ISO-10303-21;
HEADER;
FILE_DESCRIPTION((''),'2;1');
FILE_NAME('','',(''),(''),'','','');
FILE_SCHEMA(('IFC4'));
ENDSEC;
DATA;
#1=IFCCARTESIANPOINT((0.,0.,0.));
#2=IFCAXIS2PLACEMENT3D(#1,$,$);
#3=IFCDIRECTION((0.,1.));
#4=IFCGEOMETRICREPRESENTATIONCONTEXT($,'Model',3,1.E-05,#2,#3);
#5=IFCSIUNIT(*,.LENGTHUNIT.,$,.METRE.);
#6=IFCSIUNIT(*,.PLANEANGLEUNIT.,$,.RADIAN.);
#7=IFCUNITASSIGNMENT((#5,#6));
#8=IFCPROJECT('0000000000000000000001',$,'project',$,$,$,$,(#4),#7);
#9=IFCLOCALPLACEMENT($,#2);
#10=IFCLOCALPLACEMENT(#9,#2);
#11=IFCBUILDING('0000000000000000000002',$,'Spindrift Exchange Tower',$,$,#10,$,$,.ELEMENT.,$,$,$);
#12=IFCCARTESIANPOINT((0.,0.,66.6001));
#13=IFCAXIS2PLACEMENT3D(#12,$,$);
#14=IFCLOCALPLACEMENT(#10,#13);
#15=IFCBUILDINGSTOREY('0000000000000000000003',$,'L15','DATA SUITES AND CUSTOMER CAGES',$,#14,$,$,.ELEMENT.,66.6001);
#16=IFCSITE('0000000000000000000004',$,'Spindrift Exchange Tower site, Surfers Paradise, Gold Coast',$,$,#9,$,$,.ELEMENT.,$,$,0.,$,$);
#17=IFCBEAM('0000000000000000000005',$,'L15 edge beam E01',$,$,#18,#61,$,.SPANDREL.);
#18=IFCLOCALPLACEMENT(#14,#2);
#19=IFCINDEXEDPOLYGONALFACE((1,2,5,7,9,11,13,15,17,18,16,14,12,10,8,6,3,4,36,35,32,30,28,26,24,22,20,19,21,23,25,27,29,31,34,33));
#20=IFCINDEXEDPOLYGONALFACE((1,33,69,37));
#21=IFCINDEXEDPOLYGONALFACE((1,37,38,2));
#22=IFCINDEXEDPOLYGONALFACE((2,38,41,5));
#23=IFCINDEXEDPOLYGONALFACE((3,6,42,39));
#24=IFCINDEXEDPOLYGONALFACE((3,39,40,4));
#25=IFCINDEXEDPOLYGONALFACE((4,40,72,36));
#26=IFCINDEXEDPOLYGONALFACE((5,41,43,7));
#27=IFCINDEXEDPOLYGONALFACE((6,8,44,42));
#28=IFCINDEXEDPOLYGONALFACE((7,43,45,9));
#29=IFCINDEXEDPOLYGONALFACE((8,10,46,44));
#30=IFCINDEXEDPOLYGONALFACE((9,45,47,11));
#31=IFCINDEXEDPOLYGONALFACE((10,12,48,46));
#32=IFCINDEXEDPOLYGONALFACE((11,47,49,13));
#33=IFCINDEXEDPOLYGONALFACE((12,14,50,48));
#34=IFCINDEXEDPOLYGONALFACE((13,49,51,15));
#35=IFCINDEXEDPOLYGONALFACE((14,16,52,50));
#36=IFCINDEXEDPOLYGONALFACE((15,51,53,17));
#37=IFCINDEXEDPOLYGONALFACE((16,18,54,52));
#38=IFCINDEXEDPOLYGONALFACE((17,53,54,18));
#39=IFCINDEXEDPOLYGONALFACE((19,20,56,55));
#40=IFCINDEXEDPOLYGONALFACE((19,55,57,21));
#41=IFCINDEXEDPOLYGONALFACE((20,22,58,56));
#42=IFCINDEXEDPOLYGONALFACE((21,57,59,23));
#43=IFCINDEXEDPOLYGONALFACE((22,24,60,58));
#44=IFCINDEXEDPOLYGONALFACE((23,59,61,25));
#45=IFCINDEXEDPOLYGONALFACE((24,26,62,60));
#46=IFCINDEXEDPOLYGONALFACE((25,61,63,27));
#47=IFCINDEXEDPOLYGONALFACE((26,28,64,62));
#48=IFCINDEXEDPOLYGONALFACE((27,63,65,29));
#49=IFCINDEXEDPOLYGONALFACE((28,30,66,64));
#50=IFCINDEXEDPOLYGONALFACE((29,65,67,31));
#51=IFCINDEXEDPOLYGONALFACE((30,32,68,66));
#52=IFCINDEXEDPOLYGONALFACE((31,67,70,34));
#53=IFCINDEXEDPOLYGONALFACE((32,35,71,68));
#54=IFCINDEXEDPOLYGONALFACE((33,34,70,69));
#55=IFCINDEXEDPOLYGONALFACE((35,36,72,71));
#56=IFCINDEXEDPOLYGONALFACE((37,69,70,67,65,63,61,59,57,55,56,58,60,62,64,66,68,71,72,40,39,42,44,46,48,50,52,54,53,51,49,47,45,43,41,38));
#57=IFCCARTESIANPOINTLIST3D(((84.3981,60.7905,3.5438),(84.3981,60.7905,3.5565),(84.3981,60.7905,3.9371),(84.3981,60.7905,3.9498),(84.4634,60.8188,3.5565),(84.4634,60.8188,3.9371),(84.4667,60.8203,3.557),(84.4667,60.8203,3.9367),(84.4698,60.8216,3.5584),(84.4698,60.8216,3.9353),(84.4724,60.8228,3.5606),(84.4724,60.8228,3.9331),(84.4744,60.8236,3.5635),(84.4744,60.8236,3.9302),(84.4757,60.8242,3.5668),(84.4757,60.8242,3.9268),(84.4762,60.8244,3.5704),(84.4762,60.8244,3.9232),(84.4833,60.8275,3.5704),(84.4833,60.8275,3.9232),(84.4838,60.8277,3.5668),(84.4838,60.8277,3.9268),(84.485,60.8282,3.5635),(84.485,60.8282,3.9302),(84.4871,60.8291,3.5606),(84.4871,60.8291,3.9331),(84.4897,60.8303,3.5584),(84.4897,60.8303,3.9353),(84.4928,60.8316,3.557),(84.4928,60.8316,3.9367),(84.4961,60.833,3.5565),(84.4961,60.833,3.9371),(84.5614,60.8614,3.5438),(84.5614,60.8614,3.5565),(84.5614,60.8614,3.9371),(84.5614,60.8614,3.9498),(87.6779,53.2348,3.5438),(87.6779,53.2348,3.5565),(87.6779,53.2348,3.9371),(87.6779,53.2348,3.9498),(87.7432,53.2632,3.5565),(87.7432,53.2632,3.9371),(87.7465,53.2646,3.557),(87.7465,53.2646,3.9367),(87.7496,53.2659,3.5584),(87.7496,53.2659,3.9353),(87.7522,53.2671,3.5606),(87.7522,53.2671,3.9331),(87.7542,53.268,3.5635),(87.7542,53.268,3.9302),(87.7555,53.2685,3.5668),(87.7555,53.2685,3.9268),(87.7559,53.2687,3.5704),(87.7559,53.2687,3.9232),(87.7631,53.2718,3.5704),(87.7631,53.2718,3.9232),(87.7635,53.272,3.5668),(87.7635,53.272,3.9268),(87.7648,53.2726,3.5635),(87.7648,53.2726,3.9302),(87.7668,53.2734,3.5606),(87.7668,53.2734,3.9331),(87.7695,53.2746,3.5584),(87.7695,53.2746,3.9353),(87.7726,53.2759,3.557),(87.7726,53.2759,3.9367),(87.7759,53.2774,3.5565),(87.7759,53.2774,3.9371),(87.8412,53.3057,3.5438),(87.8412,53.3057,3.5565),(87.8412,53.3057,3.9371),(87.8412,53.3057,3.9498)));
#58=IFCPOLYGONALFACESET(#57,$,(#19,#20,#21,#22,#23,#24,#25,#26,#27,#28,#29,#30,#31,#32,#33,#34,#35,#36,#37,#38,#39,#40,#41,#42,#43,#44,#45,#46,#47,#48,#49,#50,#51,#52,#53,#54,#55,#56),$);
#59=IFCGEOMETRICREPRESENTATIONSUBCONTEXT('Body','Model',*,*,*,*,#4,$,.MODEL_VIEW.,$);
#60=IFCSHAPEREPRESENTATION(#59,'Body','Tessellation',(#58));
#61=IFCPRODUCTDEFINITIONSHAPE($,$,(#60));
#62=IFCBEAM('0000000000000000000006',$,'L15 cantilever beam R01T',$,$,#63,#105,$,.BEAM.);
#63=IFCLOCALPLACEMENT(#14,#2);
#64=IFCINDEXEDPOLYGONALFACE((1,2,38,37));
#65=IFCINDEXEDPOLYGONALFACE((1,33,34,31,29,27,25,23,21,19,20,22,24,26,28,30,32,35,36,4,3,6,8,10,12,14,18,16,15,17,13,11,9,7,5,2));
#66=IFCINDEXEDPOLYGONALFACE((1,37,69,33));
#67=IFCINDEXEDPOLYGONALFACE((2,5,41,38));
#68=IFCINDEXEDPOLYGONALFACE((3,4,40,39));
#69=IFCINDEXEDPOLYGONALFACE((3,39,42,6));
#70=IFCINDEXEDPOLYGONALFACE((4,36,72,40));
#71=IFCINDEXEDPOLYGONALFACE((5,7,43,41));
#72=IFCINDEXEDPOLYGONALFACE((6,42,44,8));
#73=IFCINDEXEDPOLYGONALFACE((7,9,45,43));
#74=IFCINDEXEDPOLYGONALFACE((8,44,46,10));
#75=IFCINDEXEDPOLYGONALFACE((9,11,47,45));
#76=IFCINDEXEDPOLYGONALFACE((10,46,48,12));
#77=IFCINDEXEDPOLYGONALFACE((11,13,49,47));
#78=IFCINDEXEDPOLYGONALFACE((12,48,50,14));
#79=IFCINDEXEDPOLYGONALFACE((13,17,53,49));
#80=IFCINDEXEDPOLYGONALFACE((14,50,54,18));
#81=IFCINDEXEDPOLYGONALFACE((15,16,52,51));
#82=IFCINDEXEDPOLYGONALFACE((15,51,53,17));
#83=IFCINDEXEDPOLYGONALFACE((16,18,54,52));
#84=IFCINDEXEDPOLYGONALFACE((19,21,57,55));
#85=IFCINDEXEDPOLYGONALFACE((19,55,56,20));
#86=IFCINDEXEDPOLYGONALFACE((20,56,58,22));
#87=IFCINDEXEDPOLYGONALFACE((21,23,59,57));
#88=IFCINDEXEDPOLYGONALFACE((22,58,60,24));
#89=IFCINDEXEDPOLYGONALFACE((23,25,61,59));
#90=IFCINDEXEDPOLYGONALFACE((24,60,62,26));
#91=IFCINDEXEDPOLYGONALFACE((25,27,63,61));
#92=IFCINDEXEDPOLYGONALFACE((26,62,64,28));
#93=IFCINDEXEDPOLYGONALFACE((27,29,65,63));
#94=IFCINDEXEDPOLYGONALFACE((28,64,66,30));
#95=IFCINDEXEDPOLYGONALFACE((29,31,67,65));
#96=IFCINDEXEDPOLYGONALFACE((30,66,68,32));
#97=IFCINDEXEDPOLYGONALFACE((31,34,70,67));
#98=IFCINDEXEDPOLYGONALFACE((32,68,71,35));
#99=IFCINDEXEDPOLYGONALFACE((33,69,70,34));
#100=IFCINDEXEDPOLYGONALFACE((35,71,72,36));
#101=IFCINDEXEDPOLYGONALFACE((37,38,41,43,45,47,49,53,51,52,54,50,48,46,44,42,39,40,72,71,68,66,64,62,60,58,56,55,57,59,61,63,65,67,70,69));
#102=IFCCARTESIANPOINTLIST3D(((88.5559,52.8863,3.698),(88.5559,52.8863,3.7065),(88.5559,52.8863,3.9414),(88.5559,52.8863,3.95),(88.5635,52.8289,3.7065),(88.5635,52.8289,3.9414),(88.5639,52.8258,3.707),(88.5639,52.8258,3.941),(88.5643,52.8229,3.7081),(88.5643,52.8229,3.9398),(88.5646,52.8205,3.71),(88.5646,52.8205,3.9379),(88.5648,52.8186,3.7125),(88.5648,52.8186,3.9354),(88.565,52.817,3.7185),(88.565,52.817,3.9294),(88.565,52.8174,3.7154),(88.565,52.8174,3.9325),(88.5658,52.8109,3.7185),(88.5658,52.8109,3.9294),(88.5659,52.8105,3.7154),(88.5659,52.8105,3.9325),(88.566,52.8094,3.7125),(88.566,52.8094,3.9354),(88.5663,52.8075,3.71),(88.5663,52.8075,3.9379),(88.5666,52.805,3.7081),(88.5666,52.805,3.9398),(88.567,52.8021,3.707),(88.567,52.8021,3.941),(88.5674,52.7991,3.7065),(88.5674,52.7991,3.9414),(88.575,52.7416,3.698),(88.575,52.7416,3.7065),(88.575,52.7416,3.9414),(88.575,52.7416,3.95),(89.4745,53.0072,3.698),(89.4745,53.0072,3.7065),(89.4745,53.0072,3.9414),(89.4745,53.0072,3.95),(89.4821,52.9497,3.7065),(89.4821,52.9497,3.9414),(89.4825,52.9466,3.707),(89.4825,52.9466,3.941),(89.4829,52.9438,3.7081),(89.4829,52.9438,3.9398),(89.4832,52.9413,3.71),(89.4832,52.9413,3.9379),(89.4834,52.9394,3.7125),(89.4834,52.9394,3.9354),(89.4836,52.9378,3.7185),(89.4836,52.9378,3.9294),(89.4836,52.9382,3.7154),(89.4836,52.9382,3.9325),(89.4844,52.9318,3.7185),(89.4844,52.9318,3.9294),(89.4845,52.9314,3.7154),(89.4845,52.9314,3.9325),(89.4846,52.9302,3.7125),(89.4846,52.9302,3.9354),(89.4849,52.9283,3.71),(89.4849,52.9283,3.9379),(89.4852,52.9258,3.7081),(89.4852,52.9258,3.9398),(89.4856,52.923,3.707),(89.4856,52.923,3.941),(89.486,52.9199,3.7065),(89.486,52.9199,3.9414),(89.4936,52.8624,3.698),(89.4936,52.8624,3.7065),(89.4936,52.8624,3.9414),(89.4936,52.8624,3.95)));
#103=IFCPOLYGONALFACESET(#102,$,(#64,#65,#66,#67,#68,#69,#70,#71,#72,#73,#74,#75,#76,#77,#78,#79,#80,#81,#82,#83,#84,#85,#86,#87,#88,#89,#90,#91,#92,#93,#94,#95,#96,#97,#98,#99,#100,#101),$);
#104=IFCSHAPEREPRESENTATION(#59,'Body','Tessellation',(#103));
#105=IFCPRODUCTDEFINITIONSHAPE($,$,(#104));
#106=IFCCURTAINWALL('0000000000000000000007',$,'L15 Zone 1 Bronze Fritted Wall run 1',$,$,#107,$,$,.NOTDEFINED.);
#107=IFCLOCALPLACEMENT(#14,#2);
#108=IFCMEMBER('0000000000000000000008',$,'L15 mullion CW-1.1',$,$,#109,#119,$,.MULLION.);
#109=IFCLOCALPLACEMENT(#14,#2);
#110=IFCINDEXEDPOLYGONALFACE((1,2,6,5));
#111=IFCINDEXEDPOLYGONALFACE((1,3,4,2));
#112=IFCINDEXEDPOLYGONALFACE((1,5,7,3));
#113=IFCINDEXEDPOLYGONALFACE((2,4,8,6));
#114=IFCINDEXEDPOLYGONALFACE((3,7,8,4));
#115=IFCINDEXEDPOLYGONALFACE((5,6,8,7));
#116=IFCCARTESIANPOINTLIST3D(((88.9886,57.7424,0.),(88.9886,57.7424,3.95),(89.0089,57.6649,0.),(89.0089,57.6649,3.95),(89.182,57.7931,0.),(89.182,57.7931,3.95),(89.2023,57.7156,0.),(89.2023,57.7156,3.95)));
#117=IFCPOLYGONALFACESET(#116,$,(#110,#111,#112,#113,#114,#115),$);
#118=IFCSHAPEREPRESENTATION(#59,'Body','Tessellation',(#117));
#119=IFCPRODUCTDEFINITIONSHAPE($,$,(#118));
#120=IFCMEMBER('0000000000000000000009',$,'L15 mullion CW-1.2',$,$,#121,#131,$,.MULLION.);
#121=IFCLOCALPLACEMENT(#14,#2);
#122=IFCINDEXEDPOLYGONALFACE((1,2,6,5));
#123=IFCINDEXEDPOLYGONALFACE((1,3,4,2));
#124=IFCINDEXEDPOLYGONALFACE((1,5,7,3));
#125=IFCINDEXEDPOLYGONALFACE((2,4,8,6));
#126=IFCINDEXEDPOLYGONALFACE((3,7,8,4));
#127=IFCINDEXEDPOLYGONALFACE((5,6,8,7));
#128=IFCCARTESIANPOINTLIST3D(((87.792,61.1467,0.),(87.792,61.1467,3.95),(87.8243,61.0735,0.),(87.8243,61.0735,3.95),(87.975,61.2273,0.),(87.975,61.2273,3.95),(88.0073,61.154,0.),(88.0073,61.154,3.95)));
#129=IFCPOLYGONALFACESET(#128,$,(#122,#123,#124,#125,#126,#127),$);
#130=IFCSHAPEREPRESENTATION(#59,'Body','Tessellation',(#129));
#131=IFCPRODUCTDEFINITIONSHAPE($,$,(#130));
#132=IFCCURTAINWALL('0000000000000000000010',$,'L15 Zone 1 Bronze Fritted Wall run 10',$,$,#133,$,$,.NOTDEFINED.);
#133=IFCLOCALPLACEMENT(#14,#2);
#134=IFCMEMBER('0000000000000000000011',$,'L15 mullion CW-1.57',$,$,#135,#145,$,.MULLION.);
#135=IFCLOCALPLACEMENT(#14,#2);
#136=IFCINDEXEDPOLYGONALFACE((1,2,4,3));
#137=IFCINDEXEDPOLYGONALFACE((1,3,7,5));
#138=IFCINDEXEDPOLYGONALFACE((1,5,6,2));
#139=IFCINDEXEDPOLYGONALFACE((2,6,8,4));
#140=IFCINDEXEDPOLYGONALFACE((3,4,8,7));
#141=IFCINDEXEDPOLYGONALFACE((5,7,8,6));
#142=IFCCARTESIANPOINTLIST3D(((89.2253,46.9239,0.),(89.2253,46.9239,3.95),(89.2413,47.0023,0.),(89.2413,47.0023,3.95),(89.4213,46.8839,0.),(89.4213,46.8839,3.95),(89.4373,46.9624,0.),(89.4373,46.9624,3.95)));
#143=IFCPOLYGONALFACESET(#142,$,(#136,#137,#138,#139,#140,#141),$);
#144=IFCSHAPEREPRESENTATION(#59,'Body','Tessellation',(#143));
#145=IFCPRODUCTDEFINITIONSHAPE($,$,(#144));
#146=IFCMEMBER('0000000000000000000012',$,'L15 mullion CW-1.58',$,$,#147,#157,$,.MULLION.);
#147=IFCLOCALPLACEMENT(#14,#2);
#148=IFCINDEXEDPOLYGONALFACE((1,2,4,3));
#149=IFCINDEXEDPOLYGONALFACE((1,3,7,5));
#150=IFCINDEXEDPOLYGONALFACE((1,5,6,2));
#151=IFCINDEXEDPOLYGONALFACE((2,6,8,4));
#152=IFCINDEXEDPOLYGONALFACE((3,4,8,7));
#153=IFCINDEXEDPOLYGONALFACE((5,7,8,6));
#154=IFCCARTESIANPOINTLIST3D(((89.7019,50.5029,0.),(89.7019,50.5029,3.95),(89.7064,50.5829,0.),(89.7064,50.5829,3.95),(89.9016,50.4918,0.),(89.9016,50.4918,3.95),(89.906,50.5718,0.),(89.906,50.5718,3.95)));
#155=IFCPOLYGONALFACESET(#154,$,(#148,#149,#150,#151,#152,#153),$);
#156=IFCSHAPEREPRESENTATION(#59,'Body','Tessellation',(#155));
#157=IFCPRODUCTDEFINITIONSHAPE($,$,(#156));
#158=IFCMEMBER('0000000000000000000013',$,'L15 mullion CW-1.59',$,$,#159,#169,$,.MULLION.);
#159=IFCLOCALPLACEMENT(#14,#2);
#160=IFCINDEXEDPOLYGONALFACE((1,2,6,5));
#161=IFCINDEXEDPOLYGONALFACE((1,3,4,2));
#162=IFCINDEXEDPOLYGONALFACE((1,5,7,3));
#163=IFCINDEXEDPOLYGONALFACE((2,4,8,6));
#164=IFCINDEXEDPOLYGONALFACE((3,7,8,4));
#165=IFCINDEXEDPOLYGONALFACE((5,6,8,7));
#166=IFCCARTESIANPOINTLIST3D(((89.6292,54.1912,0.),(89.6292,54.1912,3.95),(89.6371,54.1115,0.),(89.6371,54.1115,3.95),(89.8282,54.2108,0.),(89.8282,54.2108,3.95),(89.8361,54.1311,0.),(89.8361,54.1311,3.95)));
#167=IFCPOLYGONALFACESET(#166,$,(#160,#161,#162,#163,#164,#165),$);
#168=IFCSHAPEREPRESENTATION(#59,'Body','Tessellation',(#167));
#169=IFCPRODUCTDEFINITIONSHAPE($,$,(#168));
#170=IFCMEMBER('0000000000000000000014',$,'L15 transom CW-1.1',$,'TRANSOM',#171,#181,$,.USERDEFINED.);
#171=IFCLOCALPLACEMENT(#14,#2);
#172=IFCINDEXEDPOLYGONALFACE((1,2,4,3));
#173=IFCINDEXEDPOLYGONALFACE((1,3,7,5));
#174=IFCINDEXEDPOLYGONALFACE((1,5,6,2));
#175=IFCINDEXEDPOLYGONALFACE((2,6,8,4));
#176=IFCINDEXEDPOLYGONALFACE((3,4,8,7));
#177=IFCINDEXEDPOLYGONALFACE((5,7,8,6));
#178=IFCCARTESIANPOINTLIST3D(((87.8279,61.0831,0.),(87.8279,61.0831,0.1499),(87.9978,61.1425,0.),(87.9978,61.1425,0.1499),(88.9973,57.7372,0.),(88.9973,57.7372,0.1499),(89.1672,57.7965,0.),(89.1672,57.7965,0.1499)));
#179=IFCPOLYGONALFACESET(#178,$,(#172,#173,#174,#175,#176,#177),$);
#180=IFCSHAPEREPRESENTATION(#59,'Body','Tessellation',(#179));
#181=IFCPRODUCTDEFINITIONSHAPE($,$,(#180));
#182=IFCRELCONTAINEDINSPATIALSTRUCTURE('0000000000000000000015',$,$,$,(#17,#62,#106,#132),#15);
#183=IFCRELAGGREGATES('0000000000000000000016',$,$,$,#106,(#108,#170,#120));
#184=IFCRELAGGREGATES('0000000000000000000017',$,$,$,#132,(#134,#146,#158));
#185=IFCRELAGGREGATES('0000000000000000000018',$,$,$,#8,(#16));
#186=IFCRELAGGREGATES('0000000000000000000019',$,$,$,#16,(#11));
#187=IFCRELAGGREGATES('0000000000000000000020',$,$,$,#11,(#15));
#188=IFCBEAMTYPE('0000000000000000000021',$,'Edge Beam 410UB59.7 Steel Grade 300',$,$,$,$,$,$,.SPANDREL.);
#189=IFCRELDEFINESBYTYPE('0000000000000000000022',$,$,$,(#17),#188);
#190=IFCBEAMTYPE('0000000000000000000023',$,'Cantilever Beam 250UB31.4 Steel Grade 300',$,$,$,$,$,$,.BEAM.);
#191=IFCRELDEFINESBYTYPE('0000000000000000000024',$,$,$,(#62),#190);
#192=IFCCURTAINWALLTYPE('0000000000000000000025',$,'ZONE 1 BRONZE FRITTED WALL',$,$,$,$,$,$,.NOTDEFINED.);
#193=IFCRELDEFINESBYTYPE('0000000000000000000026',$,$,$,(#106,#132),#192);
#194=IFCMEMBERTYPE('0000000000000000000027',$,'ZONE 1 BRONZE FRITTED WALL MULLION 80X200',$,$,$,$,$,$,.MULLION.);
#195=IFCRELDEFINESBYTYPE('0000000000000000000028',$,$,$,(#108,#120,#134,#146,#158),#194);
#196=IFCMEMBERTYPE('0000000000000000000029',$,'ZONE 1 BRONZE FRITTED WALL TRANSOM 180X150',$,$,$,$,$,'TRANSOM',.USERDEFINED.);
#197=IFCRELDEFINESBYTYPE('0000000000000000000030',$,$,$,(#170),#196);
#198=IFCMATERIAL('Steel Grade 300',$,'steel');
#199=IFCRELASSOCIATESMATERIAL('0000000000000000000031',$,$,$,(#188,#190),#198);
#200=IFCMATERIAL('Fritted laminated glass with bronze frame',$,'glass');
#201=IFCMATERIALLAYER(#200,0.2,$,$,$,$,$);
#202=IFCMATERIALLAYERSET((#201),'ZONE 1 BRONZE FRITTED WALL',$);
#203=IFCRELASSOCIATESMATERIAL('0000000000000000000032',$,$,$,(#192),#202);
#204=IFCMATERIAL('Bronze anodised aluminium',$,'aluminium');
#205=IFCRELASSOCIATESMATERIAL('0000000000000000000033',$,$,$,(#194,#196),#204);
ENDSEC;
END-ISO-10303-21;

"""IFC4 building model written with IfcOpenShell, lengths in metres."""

from ifc_helpers import new_model, si_unit, direction, frame, origin, origin_2d, place, context, subcontext, project, spatial, rectangle, i_section, extrude, source, transform, mapped, material, layer, layer_set, material_profile, profile_set, type_object, element, aggregate, save


model = new_model("IFC4")

# Units and contexts
model_context = context("Model", 3, precision=1e-05, world=origin(), true_north=direction((0.0, 1.0)))
body_context = subcontext(model_context, "Body", "Model", "MODEL_VIEW")
ifc_project = project(units=[si_unit("LENGTHUNIT", "METRE"), si_unit("PLANEANGLEUNIT", "RADIAN")], contexts=[model_context])

# Site, building, storey
site_placement = place(None, origin())
site = spatial("IfcSite", under=ifc_project, at=site_placement, Name="Spindrift Exchange Tower site, Surfers Paradise, Gold Coast", CompositionType="ELEMENT", RefElevation=0.0)
building_placement = place(site_placement, origin())
building = spatial("IfcBuilding", under=site, at=building_placement, Name="Spindrift Exchange Tower", CompositionType="ELEMENT")
storey_placement = place(building_placement, frame((0.0, 0.0, 66.6001)))
storey = spatial("IfcBuildingStorey", under=building, at=storey_placement, Name="L15", Description="DATA SUITES AND CUSTOMER CAGES", CompositionType="ELEMENT", Elevation=66.6001)

# Beams
ifc_material_1 = material(Name="Steel Grade 300", Category="steel")
ifc_material_profile_1 = material_profile(ifc_material_1, i_section(OverallWidth=0.178, OverallDepth=0.406, WebThickness=0.0078, FlangeThickness=0.0127, FilletRadius=0.0139, at=origin_2d()), Name="410UB59.7")
ifc_profile_set_1 = profile_set([ifc_material_profile_1], Name="Steel Grade 300")
beam_type_1 = type_object("IfcBeamType", Name="Edge Beam 410UB59.7 Steel Grade 300", PredefinedType="SPANDREL", material=ifc_profile_set_1)
shared_shape_1 = source(origin(), body_context, "Body", "SweptSolid", [
    extrude(i_section(OverallWidth=0.178, OverallDepth=0.406, WebThickness=0.0078, FlangeThickness=0.0127, FilletRadius=0.0139, at=origin_2d()), origin(), (0.0, 0.0, 1.0), 8.2368),
])
beam_1_placement = place(storey_placement, frame((87.7595, 53.2703, 3.7468), z_axis=(-0.398186, 0.917305, 0.0), x_axis=(-0.917305, -0.398186, 0.0)))
element("IfcBeam", 1, at=beam_1_placement, inside=storey, type_object=beam_type_1, Name="L15 edge beam E01", PredefinedType="SPANDREL", context=body_context, shape_type="MappedRepresentation", body=[
    mapped(shared_shape_1, transform((0.0, 0.0, 0.0), scale=1.0)),
])
ifc_material_profile_2 = material_profile(ifc_material_1, i_section(OverallWidth=0.146, OverallDepth=0.252, WebThickness=0.0061, FlangeThickness=0.0085, FilletRadius=0.012, at=origin_2d()), Name="250UB31.4")
ifc_profile_set_2 = profile_set([ifc_material_profile_2], Name="Steel Grade 300")
beam_type_2 = type_object("IfcBeamType", Name="Cantilever Beam 250UB31.4 Steel Grade 300", PredefinedType="BEAM", material=ifc_profile_set_2)
shared_shape_2 = source(origin(), body_context, "Body", "SweptSolid", [
    extrude(i_section(OverallWidth=0.146, OverallDepth=0.252, WebThickness=0.0061, FlangeThickness=0.0085, FilletRadius=0.012, at=origin_2d()), origin(), (0.0, 0.0, 1.0), 0.9265),
])
beam_2_placement = place(storey_placement, frame((88.5654, 52.814, 3.824), z_axis=(0.991459, 0.13042, 0.0), x_axis=(-0.13042, 0.991459, 0.0)))
element("IfcBeam", 2, at=beam_2_placement, inside=storey, type_object=beam_type_2, Name="L15 cantilever beam R01T", PredefinedType="BEAM", context=body_context, shape_type="MappedRepresentation", body=[
    mapped(shared_shape_2, transform((0.0, 0.0, 0.0), scale=1.0)),
])

# Curtain walls, members
ifc_material_2 = material(Name="Fritted laminated glass with bronze frame", Category="glass")
ifc_layer_1 = layer(ifc_material_2, 0.2)
ifc_layer_set_1 = layer_set([ifc_layer_1], Name="ZONE 1 BRONZE FRITTED WALL")
curtain_wall_type = type_object("IfcCurtainWallType", Name="ZONE 1 BRONZE FRITTED WALL", PredefinedType="NOTDEFINED", material=ifc_layer_set_1)
curtain_wall_1_placement = place(storey_placement, origin())
curtain_wall_1 = element("IfcCurtainWall", 3, at=curtain_wall_1_placement, inside=storey, type_object=curtain_wall_type, Name="L15 Zone 1 Bronze Fritted Wall run 1", PredefinedType="NOTDEFINED")
ifc_material_3 = material(Name="Bronze anodised aluminium", Category="aluminium")
ifc_material_profile_3 = material_profile(ifc_material_3, rectangle(XDim=0.0801, YDim=0.2, at=origin_2d()), Name="ZONE 1 BRONZE FRITTED WALL MULLION 80X200")
ifc_profile_set_3 = profile_set([ifc_material_profile_3], Name="Bronze anodised aluminium")
member_type_1 = type_object("IfcMemberType", Name="ZONE 1 BRONZE FRITTED WALL MULLION 80X200", PredefinedType="MULLION", material=ifc_profile_set_3)
shared_shape_3 = source(origin(), body_context, "Body", "SweptSolid", [
    extrude(rectangle(XDim=0.0801, YDim=0.2, at=origin_2d()), origin(), (0.0, 0.0, 1.0), 3.95),
])
member_1_placement = place(storey_placement, frame((89.0955, 57.729, 0.0), z_axis=(0.0, 0.0, 1.0), x_axis=(-0.253692, 0.967285, 0.0)))
member_1 = element("IfcMember", 4, at=member_1_placement, type_object=member_type_1, Name="L15 mullion CW-1.1", PredefinedType="MULLION", context=body_context, shape_type="MappedRepresentation", body=[
    mapped(shared_shape_3, transform((0.0, 0.0, 0.0), scale=1.0)),
])
member_2_placement = place(storey_placement, frame((87.8997, 61.1504, 0.0), z_axis=(0.0, 0.0, 1.0), x_axis=(-0.402977, 0.91521, 0.0)))
member_2 = element("IfcMember", 5, at=member_2_placement, type_object=member_type_1, Name="L15 mullion CW-1.2", PredefinedType="MULLION", context=body_context, shape_type="MappedRepresentation", body=[
    mapped(shared_shape_3, transform((0.0, 0.0, 0.0), scale=1.0)),
])
curtain_wall_2_placement = place(storey_placement, origin())
curtain_wall_2 = element("IfcCurtainWall", 6, at=curtain_wall_2_placement, inside=storey, type_object=curtain_wall_type, Name="L15 Zone 1 Bronze Fritted Wall run 10", PredefinedType="NOTDEFINED")
member_3_placement = place(storey_placement, frame((89.3313, 46.9431, 0.0), z_axis=(0.0, 0.0, 1.0), x_axis=(0.199844, 0.979828, 0.0)))
member_3 = element("IfcMember", 7, at=member_3_placement, type_object=member_type_1, Name="L15 mullion CW-1.57", PredefinedType="MULLION", context=body_context, shape_type="MappedRepresentation", body=[
    mapped(shared_shape_3, transform((0.0, 0.0, 0.0), scale=1.0)),
])
member_4_placement = place(storey_placement, frame((89.804, 50.5374, 0.0), z_axis=(0.0, 0.0, 1.0), x_axis=(0.055507, 0.998458, 0.0)))
member_4 = element("IfcMember", 8, at=member_4_placement, type_object=member_type_1, Name="L15 mullion CW-1.58", PredefinedType="MULLION", context=body_context, shape_type="MappedRepresentation", body=[
    mapped(shared_shape_3, transform((0.0, 0.0, 0.0), scale=1.0)),
])
member_5_placement = place(storey_placement, frame((89.7327, 54.1611, 0.0), z_axis=(0.0, 0.0, 1.0), x_axis=(-0.098057, 0.995181, 0.0)))
member_5 = element("IfcMember", 9, at=member_5_placement, type_object=member_type_1, Name="L15 mullion CW-1.59", PredefinedType="MULLION", context=body_context, shape_type="MappedRepresentation", body=[
    mapped(shared_shape_3, transform((0.0, 0.0, 0.0), scale=1.0)),
])

# Member
ifc_material_profile_4 = material_profile(ifc_material_3, rectangle(XDim=0.1799, YDim=0.1499, at=origin_2d()), Name="ZONE 1 BRONZE FRITTED WALL TRANSOM 180X150")
ifc_profile_set_4 = profile_set([ifc_material_profile_4], Name="Bronze anodised aluminium")
member_type_2 = type_object("IfcMemberType", Name="ZONE 1 BRONZE FRITTED WALL TRANSOM 180X150", ElementType="TRANSOM", PredefinedType="USERDEFINED", material=ifc_profile_set_4)
shared_shape_4 = source(origin(), body_context, "Body", "SweptSolid", [
    extrude(rectangle(XDim=0.1799, YDim=0.1499, at=origin_2d()), origin(), (0.0, 0.0, 1.0), 3.5444),
])
member_6_placement = place(storey_placement, frame((89.0823, 57.7668, 0.075), z_axis=(-0.329936, 0.944003, 0.0), x_axis=(-0.944003, -0.329936, 0.0)))
member_6 = element("IfcMember", 10, at=member_6_placement, type_object=member_type_2, Name="L15 transom CW-1.1", ObjectType="TRANSOM", PredefinedType="USERDEFINED", context=body_context, shape_type="MappedRepresentation", body=[
    mapped(shared_shape_4, transform((0.0, 0.0, 0.0), scale=1.0)),
])

aggregate(curtain_wall_1, [member_1, member_6, member_2])
aggregate(curtain_wall_2, [member_3, member_4, member_5])

save(model, "model.ifc")
